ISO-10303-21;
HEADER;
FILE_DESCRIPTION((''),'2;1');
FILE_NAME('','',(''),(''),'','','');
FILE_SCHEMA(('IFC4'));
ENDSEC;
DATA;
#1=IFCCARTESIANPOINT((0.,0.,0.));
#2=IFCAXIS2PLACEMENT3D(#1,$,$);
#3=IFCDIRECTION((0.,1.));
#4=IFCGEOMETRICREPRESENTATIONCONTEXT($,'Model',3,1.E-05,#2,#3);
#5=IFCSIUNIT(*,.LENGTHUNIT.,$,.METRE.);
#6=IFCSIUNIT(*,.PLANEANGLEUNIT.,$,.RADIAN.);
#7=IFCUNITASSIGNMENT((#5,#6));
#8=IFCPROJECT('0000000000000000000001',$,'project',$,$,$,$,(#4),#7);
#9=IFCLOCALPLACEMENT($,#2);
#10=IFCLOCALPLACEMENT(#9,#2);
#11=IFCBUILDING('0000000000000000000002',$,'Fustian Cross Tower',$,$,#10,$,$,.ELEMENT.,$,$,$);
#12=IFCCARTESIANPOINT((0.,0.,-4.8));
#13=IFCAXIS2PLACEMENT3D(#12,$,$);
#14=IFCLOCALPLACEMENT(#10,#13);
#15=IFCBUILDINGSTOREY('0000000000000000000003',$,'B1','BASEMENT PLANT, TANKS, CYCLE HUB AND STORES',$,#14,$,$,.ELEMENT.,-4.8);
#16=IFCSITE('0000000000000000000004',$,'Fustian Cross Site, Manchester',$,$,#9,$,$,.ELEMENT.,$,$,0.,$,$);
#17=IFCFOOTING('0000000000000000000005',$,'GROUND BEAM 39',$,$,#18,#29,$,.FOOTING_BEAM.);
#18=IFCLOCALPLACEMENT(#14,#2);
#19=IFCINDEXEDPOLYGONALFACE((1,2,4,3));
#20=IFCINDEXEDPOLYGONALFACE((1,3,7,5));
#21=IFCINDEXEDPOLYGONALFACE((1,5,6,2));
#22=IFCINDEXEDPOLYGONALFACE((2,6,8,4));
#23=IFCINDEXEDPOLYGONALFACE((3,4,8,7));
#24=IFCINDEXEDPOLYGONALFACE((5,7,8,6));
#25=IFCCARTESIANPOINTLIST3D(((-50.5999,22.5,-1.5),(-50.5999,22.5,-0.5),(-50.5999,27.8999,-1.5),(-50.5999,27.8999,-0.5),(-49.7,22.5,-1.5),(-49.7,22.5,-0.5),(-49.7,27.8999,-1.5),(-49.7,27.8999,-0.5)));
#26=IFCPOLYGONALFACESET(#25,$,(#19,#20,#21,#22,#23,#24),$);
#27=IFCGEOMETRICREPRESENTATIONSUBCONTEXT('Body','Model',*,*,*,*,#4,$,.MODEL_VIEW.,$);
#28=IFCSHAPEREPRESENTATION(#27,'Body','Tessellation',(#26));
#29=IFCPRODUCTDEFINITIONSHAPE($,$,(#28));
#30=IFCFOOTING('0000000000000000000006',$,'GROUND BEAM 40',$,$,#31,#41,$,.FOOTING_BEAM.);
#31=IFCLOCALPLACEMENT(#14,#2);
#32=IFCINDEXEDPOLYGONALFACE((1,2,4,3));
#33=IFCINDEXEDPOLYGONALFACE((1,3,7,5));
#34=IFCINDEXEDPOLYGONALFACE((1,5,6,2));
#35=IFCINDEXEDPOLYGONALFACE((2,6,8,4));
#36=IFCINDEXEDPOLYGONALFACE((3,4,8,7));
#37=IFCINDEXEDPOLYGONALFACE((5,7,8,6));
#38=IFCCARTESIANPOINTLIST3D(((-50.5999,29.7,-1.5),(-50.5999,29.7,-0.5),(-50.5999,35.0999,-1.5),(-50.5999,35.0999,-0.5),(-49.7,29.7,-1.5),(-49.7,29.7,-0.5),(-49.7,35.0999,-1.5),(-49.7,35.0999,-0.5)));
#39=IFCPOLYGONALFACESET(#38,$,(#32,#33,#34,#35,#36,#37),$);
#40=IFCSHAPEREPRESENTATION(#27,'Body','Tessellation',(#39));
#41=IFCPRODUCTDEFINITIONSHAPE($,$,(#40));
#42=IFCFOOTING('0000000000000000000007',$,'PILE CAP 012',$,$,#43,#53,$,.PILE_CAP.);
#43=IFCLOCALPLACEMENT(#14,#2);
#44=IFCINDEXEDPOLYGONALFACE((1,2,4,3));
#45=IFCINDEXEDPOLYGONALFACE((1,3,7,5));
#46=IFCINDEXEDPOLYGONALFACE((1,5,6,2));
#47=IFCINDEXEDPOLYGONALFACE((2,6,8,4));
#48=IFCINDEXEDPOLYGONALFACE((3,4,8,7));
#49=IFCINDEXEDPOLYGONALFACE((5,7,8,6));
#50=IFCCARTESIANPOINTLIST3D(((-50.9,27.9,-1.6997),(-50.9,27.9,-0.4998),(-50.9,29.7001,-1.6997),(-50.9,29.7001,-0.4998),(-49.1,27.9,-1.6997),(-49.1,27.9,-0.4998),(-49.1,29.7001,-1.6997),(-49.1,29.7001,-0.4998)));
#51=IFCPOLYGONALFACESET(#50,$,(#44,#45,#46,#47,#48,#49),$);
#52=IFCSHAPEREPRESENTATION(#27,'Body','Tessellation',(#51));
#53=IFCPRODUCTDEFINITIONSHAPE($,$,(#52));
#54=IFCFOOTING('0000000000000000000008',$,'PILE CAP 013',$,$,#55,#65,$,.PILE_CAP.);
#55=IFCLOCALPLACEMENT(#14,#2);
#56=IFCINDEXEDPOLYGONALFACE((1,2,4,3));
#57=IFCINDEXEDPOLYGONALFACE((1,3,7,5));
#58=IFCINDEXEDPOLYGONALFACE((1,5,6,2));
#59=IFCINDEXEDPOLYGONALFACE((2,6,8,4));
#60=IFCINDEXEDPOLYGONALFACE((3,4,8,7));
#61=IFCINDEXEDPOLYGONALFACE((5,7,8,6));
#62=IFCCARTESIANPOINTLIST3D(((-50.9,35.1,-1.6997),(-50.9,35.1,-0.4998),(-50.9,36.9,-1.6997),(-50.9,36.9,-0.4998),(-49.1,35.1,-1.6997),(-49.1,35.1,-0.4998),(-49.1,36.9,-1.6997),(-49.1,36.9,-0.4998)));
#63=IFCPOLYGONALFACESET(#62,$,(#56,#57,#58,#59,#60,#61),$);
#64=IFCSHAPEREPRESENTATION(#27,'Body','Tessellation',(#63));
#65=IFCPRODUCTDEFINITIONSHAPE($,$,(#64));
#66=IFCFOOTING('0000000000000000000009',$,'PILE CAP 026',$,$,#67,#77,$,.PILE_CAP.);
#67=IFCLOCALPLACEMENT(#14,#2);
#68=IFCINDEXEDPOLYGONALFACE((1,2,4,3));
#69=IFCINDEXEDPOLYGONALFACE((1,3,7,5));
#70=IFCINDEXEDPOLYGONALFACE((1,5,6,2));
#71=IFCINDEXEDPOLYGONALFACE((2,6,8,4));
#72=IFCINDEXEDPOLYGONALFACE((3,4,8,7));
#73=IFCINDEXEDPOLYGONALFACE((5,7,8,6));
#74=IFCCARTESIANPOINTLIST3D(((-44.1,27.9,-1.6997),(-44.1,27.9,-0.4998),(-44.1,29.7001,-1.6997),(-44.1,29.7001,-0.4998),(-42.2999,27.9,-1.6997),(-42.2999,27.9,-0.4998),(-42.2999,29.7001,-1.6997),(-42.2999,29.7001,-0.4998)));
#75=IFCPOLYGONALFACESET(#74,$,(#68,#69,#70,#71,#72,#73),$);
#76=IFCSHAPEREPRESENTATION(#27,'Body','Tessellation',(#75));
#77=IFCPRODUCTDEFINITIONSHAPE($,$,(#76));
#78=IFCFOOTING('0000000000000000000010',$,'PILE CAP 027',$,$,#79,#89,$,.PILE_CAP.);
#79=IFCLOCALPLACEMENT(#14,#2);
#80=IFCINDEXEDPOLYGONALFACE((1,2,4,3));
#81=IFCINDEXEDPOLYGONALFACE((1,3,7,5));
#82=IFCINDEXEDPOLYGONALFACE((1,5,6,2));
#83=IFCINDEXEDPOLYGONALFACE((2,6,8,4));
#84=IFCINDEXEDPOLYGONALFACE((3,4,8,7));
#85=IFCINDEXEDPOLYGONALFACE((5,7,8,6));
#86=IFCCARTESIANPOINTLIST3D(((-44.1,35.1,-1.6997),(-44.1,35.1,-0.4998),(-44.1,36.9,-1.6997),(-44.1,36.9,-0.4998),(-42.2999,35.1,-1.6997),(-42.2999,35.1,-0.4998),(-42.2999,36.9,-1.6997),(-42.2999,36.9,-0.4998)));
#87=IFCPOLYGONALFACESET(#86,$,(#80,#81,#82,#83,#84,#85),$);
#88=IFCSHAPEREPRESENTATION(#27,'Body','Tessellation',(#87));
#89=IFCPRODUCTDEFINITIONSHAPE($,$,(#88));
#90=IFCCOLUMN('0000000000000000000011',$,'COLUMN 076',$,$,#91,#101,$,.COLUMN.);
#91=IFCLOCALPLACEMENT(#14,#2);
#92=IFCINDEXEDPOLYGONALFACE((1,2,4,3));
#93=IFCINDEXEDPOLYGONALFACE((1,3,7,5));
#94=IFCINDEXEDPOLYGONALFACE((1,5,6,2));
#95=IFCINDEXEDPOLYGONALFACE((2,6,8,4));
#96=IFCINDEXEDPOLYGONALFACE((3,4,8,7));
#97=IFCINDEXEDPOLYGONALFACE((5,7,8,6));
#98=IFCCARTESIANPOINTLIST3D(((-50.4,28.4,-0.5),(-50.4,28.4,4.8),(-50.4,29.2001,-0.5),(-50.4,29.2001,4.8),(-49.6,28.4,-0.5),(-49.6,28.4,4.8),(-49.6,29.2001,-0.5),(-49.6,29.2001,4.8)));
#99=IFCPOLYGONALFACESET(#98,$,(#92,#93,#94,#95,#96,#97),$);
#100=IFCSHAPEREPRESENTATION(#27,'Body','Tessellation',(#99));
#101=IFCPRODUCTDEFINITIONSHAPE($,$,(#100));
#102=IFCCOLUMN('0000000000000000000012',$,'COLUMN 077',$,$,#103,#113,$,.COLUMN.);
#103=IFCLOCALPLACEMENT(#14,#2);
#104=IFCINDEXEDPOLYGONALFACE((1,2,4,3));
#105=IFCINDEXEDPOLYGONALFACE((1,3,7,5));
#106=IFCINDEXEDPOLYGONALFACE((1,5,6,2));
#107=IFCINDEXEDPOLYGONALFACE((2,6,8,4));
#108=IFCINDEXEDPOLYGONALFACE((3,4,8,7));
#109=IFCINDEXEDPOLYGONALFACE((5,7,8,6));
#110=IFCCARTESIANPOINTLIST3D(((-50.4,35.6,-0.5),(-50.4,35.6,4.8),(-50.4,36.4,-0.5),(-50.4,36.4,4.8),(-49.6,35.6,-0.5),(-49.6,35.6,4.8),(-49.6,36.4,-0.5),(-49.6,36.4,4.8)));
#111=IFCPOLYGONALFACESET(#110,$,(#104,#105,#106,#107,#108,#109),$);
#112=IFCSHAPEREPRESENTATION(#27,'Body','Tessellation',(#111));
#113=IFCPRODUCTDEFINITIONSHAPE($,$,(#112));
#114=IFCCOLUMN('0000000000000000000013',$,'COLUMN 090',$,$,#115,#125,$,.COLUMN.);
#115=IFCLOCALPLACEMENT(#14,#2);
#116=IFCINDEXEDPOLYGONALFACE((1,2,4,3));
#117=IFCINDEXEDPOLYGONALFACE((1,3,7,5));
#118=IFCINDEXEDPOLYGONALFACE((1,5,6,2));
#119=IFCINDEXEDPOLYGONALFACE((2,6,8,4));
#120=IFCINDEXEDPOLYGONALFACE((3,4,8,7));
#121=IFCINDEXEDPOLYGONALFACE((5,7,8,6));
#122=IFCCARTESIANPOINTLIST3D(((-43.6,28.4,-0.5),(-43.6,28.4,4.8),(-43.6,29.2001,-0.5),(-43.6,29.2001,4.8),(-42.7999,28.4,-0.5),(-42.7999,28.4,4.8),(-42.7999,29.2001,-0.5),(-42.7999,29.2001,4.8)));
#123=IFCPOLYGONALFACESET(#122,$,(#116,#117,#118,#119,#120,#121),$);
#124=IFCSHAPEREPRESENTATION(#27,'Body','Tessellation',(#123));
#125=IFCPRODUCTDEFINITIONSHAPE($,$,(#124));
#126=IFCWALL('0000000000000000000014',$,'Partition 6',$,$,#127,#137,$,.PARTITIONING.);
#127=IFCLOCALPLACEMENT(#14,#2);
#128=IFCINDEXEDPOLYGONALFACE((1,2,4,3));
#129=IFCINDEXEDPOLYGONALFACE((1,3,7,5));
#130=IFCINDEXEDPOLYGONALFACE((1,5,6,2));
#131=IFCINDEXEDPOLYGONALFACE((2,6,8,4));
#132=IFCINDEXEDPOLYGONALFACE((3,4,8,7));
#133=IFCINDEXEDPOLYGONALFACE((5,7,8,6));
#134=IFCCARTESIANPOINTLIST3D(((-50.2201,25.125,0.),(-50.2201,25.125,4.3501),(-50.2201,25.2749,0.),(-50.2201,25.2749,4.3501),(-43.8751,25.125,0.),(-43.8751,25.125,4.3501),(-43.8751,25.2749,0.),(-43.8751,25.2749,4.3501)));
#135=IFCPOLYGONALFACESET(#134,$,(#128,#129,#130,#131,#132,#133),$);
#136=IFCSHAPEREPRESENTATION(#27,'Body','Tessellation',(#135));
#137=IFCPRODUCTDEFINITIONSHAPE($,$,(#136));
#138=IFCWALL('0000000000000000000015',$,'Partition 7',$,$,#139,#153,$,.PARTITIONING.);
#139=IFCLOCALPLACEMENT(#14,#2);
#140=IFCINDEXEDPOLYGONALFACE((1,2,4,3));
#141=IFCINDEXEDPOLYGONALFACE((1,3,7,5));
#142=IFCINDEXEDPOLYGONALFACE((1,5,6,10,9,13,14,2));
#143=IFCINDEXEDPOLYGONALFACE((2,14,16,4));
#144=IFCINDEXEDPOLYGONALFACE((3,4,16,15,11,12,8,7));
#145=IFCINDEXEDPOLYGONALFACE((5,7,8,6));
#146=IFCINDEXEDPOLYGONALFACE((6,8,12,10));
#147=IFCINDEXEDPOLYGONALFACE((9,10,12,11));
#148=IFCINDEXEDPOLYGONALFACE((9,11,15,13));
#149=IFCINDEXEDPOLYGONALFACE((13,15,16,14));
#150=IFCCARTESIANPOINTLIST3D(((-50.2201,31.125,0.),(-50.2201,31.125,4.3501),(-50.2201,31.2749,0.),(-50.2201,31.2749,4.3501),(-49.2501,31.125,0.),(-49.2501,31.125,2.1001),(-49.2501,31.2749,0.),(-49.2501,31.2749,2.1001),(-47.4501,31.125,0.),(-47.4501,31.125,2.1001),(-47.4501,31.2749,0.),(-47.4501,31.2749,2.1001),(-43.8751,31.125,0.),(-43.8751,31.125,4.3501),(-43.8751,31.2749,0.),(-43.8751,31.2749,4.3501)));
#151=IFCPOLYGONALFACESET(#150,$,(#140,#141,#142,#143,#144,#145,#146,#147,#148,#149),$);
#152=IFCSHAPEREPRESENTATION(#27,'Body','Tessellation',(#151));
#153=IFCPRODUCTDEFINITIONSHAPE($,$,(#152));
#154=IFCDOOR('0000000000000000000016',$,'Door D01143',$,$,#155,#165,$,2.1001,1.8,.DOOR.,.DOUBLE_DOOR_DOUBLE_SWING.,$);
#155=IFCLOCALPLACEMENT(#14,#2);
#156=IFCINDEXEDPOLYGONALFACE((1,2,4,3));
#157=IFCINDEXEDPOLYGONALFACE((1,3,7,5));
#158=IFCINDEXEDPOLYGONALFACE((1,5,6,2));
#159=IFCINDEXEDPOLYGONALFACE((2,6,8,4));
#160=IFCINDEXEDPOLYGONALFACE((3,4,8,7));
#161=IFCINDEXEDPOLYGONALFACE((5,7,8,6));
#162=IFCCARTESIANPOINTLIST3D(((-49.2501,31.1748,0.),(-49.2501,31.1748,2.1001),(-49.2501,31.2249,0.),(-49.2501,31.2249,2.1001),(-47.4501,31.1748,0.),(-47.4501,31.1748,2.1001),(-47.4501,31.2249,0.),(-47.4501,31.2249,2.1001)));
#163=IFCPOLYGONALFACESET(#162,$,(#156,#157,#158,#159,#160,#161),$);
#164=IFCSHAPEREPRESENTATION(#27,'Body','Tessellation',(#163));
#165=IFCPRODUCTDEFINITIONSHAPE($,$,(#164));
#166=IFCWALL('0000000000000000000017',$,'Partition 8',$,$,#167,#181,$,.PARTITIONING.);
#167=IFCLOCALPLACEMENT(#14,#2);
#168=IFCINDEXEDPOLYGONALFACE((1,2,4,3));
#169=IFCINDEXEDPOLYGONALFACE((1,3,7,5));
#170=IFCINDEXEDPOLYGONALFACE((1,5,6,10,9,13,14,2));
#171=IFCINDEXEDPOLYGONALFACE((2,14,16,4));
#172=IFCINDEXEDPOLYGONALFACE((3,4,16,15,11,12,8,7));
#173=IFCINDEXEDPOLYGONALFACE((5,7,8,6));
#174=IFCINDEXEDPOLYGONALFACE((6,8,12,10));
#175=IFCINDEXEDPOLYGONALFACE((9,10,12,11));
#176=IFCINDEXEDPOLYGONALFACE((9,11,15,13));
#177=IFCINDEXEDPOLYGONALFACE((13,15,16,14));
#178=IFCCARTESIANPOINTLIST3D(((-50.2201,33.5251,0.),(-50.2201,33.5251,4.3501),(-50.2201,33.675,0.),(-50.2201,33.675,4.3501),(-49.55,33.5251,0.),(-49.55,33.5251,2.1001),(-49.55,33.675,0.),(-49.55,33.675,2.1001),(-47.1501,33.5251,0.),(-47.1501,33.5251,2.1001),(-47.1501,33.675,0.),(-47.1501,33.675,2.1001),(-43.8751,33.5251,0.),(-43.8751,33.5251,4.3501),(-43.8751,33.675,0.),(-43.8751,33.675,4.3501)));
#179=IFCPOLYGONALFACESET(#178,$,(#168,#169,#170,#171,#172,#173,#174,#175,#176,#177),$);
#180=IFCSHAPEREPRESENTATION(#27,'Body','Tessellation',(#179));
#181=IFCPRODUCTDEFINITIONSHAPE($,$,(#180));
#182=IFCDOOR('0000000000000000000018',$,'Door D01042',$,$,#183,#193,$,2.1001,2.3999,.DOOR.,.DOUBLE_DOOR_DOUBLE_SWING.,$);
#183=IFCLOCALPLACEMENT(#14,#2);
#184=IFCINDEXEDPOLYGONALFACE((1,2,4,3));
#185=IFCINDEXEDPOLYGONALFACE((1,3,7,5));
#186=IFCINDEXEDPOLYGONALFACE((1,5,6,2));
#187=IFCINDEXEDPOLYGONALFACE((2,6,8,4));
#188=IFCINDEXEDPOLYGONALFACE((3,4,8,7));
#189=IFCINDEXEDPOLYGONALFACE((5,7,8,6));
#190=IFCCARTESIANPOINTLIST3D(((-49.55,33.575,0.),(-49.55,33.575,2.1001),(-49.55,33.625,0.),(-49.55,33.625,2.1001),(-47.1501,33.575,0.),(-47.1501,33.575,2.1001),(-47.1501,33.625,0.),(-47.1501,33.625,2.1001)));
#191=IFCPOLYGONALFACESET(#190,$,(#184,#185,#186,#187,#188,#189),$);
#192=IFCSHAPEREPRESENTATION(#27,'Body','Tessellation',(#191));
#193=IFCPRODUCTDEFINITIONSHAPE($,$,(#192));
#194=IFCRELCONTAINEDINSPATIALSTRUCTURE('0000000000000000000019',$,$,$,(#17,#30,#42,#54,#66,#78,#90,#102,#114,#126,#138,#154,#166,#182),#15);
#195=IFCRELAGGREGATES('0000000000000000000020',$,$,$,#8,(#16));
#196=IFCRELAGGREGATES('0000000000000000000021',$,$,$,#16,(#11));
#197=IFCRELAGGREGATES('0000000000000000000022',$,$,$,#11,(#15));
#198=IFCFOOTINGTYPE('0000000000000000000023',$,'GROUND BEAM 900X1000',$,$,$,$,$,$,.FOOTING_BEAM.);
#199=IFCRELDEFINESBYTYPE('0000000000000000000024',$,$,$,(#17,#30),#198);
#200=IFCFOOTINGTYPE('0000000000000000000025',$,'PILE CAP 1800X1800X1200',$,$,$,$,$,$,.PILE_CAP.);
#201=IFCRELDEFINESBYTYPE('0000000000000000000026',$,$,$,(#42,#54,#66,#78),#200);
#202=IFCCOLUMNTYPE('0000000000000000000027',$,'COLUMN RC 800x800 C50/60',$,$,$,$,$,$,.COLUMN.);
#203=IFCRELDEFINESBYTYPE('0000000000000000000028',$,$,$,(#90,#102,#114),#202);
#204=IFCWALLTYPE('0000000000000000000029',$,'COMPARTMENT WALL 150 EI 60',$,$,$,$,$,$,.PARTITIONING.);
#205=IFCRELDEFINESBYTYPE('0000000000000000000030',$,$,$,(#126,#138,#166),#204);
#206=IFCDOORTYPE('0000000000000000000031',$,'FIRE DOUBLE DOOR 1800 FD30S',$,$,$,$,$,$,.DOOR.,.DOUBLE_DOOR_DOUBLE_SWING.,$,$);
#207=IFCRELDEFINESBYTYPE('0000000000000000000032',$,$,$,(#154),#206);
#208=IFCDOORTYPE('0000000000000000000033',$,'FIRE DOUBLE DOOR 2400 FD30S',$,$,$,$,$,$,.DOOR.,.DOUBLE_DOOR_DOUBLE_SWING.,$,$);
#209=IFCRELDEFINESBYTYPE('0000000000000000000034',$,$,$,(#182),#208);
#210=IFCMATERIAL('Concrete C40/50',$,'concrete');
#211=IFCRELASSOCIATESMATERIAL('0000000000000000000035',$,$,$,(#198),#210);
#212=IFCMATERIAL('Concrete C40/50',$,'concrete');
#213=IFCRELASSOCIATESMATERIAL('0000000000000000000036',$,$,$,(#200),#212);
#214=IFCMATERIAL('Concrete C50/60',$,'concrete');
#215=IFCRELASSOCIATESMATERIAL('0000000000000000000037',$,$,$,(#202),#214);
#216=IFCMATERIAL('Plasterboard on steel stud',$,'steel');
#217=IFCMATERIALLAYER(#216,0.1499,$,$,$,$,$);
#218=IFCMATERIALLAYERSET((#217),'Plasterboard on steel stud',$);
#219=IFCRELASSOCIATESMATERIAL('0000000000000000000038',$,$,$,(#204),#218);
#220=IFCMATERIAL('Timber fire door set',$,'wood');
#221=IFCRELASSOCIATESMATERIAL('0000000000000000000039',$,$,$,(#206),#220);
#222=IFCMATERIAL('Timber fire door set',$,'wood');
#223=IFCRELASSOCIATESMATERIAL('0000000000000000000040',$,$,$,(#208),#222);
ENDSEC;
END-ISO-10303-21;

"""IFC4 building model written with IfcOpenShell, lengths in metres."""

from ifc_helpers import new_model, si_unit, direction, frame, frame_2d, origin, origin_2d, place, context, subcontext, project, spatial, rectangle, extrude, material, layer, layer_set, material_profile, profile_set, type_object, element, fill, save


model = new_model("IFC4")

# Units and contexts
model_context = context("Model", 3, precision=1e-05, world=origin(), true_north=direction((0.0, 1.0)))
body_context = subcontext(model_context, "Body", "Model", "MODEL_VIEW")
ifc_project = project(units=[si_unit("LENGTHUNIT", "METRE"), si_unit("PLANEANGLEUNIT", "RADIAN")], contexts=[model_context])

# Site, building, storey
site_placement = place(None, origin())
site = spatial("IfcSite", under=ifc_project, at=site_placement, Name="Fustian Cross Site, Manchester", CompositionType="ELEMENT", RefElevation=0.0)
building_placement = place(site_placement, origin())
building = spatial("IfcBuilding", under=site, at=building_placement, Name="Fustian Cross Tower", CompositionType="ELEMENT")
storey_placement = place(building_placement, frame((0.0, 0.0, -4.8)))
storey = spatial("IfcBuildingStorey", under=building, at=storey_placement, Name="B1", Description="BASEMENT PLANT, TANKS, CYCLE HUB AND STORES", CompositionType="ELEMENT", Elevation=-4.8)

# Footings
ifc_material_1 = material(Name="Concrete C40/50", Category="concrete")
footing_type_1 = type_object("IfcFootingType", Name="GROUND BEAM 900X1000", PredefinedType="FOOTING_BEAM", material=ifc_material_1)
for number, where, z_axis, x_axis, name in (
    (1, (-50.1499, 25.2, -1.5), (0.0, 0.0, 1.0), (1.0, 0.0, 0.0), "GROUND BEAM 39"),
    (2, (-50.1499, 32.3999, -1.5), (0.0, 0.0, 1.0), (1.0, 0.0, 0.0), "GROUND BEAM 40"),
):
    element("IfcFooting", number, at=place(storey_placement, frame(where, z_axis=z_axis, x_axis=x_axis)), inside=storey, type_object=footing_type_1, Name=name, PredefinedType="FOOTING_BEAM", context=body_context, shape_type="SweptSolid", body=[
        extrude(rectangle(XDim=0.8999, YDim=5.3999, at=origin_2d()), origin(), (0.0, 0.0, 1.0), 1.0),
    ])
ifc_material_2 = material(Name="Concrete C40/50", Category="concrete")
footing_type_2 = type_object("IfcFootingType", Name="PILE CAP 1800X1800X1200", PredefinedType="PILE_CAP", material=ifc_material_2)
for number, where, z_axis, x_axis, name in (
    (3, (-50.0, 28.8, -1.6997), (0.0, 0.0, 1.0), (1.0, 0.0, 0.0), "PILE CAP 012"),
    (4, (-50.0, 36.0, -1.6997), (0.0, 0.0, 1.0), (1.0, 0.0, 0.0), "PILE CAP 013"),
    (5, (-43.2, 28.8, -1.6997), (0.0, 0.0, 1.0), (1.0, 0.0, 0.0), "PILE CAP 026"),
    (6, (-43.2, 36.0, -1.6997), (0.0, 0.0, 1.0), (1.0, 0.0, 0.0), "PILE CAP 027"),
):
    element("IfcFooting", number, at=place(storey_placement, frame(where, z_axis=z_axis, x_axis=x_axis)), inside=storey, type_object=footing_type_2, Name=name, PredefinedType="PILE_CAP", context=body_context, shape_type="SweptSolid", body=[
        extrude(rectangle(XDim=1.8, YDim=1.8, at=origin_2d()), origin(), (0.0, 0.0, 1.0), 1.2),
    ])

# Columns
ifc_material_3 = material(Name="Concrete C50/60", Category="concrete")
ifc_material_profile_1 = material_profile(ifc_material_3, rectangle(XDim=0.8, YDim=0.8, at=origin_2d()), Name="RC 800x800")
ifc_profile_set_1 = profile_set([ifc_material_profile_1], Name="Concrete C50/60")
column_type = type_object("IfcColumnType", Name="COLUMN RC 800x800 C50/60", PredefinedType="COLUMN", material=ifc_profile_set_1)
for number, where, z_axis, x_axis, name in (
    (7, (-50.0, 28.8, -0.5), (0.0, 0.0, 1.0), (1.0, 0.0, 0.0), "COLUMN 076"),
    (8, (-50.0, 36.0, -0.5), (0.0, 0.0, 1.0), (1.0, 0.0, 0.0), "COLUMN 077"),
    (9, (-43.2, 28.8, -0.5), (0.0, 0.0, 1.0), (1.0, 0.0, 0.0), "COLUMN 090"),
):
    element("IfcColumn", number, at=place(storey_placement, frame(where, z_axis=z_axis, x_axis=x_axis)), inside=storey, type_object=column_type, Name=name, PredefinedType="COLUMN", context=body_context, shape_type="SweptSolid", body=[
        extrude(rectangle(XDim=0.8, YDim=0.8, at=origin_2d()), origin(), (0.0, 0.0, 1.0), 5.3),
    ])

# Wall
ifc_material_4 = material(Name="Plasterboard on steel stud", Category="steel")
ifc_layer_1 = layer(ifc_material_4, 0.1499)
ifc_layer_set_1 = layer_set([ifc_layer_1], Name="Plasterboard on steel stud")
wall_type_1 = type_object("IfcWallType", Name="COMPARTMENT WALL 150 EI 60", PredefinedType="PARTITIONING", material=ifc_layer_set_1)
wall_1_placement = place(storey_placement, frame((-50.22, 25.2, 0.0), z_axis=(0.0, 0.0, 1.0), x_axis=(1.0, 0.0, 0.0)))
element("IfcWall", 10, at=wall_1_placement, inside=storey, type_object=wall_type_1, Name="Partition 6", PredefinedType="PARTITIONING", context=body_context, shape_type="SweptSolid", body=[
    extrude(rectangle(XDim=6.345, YDim=0.1499, at=frame_2d((3.1724, 0.0))), origin(), (0.0, 0.0, 1.0), 4.3501),
])

# Walls, openings, doors
wall_2_placement = place(storey_placement, frame((-50.22, 31.2, 0.0), z_axis=(0.0, 0.0, 1.0), x_axis=(1.0, 0.0, 0.0)))
wall_2 = element("IfcWall", 11, at=wall_2_placement, inside=storey, type_object=wall_type_1, Name="Partition 7", PredefinedType="PARTITIONING", context=body_context, shape_type="SweptSolid", body=[
    extrude(rectangle(XDim=6.345, YDim=0.1499, at=frame_2d((3.1724, 0.0))), origin(), (0.0, 0.0, 1.0), 4.3501),
])
opening_1_placement = place(wall_2_placement, frame((0.97, 0.0, 0.0)))
opening_1 = element("IfcOpeningElement", 12, at=opening_1_placement, cuts=wall_2, PredefinedType="OPENING", context=body_context, shape_type="SweptSolid", body=[
    extrude(rectangle(XDim=1.8, YDim=2.1001, at=frame_2d((0.8999, 1.05))), frame((0.0, 0.085, 0.0), z_axis=(0.0, -1.0, 0.0), x_axis=(1.0, 0.0, 0.0)), (0.0, 0.0, 1.0), 0.1699),
])
ifc_material_5 = material(Name="Timber fire door set", Category="wood")
door_type_1 = type_object("IfcDoorType", Name="FIRE DOUBLE DOOR 1800 FD30S", OperationType="DOUBLE_DOOR_DOUBLE_SWING", PredefinedType="DOOR", material=ifc_material_5)
door_1_placement = place(opening_1_placement, origin())
door_1 = element("IfcDoor", 13, at=door_1_placement, inside=storey, type_object=door_type_1, Name="Door D01143", OperationType="DOUBLE_DOOR_DOUBLE_SWING", OverallHeight=2.1001, OverallWidth=1.8, PredefinedType="DOOR", context=body_context, shape_type="SweptSolid", body=[
    extrude(rectangle(XDim=1.8, YDim=2.1001, at=frame_2d((0.8999, 1.05))), frame((0.0, 0.0249, 0.0), z_axis=(0.0, -1.0, 0.0), x_axis=(1.0, 0.0, 0.0)), (0.0, 0.0, 1.0), 0.05),
])
fill(opening_1, door_1)
wall_3_placement = place(storey_placement, frame((-50.22, 33.6001, 0.0), z_axis=(0.0, 0.0, 1.0), x_axis=(1.0, 0.0, 0.0)))
wall_3 = element("IfcWall", 14, at=wall_3_placement, inside=storey, type_object=wall_type_1, Name="Partition 8", PredefinedType="PARTITIONING", context=body_context, shape_type="SweptSolid", body=[
    extrude(rectangle(XDim=6.345, YDim=0.1499, at=frame_2d((3.1724, 0.0))), origin(), (0.0, 0.0, 1.0), 4.3501),
])
opening_2_placement = place(wall_3_placement, frame((0.6699, 0.0, 0.0)))
opening_2 = element("IfcOpeningElement", 15, at=opening_2_placement, cuts=wall_3, PredefinedType="OPENING", context=body_context, shape_type="SweptSolid", body=[
    extrude(rectangle(XDim=2.3999, YDim=2.1001, at=frame_2d((1.2, 1.05))), frame((0.0, 0.085, 0.0), z_axis=(0.0, -1.0, 0.0), x_axis=(1.0, 0.0, 0.0)), (0.0, 0.0, 1.0), 0.1699),
])
ifc_material_6 = material(Name="Timber fire door set", Category="wood")
door_type_2 = type_object("IfcDoorType", Name="FIRE DOUBLE DOOR 2400 FD30S", OperationType="DOUBLE_DOOR_DOUBLE_SWING", PredefinedType="DOOR", material=ifc_material_6)
door_2_placement = place(opening_2_placement, origin())
door_2 = element("IfcDoor", 16, at=door_2_placement, inside=storey, type_object=door_type_2, Name="Door D01042", OperationType="DOUBLE_DOOR_DOUBLE_SWING", OverallHeight=2.1001, OverallWidth=2.3999, PredefinedType="DOOR", context=body_context, shape_type="SweptSolid", body=[
    extrude(rectangle(XDim=2.3999, YDim=2.1001, at=frame_2d((1.2, 1.05))), frame((0.0, 0.0249, 0.0), z_axis=(0.0, -1.0, 0.0), x_axis=(1.0, 0.0, 0.0)), (0.0, 0.0, 1.0), 0.05),
])
fill(opening_2, door_2)

save(model, "model.ifc")
